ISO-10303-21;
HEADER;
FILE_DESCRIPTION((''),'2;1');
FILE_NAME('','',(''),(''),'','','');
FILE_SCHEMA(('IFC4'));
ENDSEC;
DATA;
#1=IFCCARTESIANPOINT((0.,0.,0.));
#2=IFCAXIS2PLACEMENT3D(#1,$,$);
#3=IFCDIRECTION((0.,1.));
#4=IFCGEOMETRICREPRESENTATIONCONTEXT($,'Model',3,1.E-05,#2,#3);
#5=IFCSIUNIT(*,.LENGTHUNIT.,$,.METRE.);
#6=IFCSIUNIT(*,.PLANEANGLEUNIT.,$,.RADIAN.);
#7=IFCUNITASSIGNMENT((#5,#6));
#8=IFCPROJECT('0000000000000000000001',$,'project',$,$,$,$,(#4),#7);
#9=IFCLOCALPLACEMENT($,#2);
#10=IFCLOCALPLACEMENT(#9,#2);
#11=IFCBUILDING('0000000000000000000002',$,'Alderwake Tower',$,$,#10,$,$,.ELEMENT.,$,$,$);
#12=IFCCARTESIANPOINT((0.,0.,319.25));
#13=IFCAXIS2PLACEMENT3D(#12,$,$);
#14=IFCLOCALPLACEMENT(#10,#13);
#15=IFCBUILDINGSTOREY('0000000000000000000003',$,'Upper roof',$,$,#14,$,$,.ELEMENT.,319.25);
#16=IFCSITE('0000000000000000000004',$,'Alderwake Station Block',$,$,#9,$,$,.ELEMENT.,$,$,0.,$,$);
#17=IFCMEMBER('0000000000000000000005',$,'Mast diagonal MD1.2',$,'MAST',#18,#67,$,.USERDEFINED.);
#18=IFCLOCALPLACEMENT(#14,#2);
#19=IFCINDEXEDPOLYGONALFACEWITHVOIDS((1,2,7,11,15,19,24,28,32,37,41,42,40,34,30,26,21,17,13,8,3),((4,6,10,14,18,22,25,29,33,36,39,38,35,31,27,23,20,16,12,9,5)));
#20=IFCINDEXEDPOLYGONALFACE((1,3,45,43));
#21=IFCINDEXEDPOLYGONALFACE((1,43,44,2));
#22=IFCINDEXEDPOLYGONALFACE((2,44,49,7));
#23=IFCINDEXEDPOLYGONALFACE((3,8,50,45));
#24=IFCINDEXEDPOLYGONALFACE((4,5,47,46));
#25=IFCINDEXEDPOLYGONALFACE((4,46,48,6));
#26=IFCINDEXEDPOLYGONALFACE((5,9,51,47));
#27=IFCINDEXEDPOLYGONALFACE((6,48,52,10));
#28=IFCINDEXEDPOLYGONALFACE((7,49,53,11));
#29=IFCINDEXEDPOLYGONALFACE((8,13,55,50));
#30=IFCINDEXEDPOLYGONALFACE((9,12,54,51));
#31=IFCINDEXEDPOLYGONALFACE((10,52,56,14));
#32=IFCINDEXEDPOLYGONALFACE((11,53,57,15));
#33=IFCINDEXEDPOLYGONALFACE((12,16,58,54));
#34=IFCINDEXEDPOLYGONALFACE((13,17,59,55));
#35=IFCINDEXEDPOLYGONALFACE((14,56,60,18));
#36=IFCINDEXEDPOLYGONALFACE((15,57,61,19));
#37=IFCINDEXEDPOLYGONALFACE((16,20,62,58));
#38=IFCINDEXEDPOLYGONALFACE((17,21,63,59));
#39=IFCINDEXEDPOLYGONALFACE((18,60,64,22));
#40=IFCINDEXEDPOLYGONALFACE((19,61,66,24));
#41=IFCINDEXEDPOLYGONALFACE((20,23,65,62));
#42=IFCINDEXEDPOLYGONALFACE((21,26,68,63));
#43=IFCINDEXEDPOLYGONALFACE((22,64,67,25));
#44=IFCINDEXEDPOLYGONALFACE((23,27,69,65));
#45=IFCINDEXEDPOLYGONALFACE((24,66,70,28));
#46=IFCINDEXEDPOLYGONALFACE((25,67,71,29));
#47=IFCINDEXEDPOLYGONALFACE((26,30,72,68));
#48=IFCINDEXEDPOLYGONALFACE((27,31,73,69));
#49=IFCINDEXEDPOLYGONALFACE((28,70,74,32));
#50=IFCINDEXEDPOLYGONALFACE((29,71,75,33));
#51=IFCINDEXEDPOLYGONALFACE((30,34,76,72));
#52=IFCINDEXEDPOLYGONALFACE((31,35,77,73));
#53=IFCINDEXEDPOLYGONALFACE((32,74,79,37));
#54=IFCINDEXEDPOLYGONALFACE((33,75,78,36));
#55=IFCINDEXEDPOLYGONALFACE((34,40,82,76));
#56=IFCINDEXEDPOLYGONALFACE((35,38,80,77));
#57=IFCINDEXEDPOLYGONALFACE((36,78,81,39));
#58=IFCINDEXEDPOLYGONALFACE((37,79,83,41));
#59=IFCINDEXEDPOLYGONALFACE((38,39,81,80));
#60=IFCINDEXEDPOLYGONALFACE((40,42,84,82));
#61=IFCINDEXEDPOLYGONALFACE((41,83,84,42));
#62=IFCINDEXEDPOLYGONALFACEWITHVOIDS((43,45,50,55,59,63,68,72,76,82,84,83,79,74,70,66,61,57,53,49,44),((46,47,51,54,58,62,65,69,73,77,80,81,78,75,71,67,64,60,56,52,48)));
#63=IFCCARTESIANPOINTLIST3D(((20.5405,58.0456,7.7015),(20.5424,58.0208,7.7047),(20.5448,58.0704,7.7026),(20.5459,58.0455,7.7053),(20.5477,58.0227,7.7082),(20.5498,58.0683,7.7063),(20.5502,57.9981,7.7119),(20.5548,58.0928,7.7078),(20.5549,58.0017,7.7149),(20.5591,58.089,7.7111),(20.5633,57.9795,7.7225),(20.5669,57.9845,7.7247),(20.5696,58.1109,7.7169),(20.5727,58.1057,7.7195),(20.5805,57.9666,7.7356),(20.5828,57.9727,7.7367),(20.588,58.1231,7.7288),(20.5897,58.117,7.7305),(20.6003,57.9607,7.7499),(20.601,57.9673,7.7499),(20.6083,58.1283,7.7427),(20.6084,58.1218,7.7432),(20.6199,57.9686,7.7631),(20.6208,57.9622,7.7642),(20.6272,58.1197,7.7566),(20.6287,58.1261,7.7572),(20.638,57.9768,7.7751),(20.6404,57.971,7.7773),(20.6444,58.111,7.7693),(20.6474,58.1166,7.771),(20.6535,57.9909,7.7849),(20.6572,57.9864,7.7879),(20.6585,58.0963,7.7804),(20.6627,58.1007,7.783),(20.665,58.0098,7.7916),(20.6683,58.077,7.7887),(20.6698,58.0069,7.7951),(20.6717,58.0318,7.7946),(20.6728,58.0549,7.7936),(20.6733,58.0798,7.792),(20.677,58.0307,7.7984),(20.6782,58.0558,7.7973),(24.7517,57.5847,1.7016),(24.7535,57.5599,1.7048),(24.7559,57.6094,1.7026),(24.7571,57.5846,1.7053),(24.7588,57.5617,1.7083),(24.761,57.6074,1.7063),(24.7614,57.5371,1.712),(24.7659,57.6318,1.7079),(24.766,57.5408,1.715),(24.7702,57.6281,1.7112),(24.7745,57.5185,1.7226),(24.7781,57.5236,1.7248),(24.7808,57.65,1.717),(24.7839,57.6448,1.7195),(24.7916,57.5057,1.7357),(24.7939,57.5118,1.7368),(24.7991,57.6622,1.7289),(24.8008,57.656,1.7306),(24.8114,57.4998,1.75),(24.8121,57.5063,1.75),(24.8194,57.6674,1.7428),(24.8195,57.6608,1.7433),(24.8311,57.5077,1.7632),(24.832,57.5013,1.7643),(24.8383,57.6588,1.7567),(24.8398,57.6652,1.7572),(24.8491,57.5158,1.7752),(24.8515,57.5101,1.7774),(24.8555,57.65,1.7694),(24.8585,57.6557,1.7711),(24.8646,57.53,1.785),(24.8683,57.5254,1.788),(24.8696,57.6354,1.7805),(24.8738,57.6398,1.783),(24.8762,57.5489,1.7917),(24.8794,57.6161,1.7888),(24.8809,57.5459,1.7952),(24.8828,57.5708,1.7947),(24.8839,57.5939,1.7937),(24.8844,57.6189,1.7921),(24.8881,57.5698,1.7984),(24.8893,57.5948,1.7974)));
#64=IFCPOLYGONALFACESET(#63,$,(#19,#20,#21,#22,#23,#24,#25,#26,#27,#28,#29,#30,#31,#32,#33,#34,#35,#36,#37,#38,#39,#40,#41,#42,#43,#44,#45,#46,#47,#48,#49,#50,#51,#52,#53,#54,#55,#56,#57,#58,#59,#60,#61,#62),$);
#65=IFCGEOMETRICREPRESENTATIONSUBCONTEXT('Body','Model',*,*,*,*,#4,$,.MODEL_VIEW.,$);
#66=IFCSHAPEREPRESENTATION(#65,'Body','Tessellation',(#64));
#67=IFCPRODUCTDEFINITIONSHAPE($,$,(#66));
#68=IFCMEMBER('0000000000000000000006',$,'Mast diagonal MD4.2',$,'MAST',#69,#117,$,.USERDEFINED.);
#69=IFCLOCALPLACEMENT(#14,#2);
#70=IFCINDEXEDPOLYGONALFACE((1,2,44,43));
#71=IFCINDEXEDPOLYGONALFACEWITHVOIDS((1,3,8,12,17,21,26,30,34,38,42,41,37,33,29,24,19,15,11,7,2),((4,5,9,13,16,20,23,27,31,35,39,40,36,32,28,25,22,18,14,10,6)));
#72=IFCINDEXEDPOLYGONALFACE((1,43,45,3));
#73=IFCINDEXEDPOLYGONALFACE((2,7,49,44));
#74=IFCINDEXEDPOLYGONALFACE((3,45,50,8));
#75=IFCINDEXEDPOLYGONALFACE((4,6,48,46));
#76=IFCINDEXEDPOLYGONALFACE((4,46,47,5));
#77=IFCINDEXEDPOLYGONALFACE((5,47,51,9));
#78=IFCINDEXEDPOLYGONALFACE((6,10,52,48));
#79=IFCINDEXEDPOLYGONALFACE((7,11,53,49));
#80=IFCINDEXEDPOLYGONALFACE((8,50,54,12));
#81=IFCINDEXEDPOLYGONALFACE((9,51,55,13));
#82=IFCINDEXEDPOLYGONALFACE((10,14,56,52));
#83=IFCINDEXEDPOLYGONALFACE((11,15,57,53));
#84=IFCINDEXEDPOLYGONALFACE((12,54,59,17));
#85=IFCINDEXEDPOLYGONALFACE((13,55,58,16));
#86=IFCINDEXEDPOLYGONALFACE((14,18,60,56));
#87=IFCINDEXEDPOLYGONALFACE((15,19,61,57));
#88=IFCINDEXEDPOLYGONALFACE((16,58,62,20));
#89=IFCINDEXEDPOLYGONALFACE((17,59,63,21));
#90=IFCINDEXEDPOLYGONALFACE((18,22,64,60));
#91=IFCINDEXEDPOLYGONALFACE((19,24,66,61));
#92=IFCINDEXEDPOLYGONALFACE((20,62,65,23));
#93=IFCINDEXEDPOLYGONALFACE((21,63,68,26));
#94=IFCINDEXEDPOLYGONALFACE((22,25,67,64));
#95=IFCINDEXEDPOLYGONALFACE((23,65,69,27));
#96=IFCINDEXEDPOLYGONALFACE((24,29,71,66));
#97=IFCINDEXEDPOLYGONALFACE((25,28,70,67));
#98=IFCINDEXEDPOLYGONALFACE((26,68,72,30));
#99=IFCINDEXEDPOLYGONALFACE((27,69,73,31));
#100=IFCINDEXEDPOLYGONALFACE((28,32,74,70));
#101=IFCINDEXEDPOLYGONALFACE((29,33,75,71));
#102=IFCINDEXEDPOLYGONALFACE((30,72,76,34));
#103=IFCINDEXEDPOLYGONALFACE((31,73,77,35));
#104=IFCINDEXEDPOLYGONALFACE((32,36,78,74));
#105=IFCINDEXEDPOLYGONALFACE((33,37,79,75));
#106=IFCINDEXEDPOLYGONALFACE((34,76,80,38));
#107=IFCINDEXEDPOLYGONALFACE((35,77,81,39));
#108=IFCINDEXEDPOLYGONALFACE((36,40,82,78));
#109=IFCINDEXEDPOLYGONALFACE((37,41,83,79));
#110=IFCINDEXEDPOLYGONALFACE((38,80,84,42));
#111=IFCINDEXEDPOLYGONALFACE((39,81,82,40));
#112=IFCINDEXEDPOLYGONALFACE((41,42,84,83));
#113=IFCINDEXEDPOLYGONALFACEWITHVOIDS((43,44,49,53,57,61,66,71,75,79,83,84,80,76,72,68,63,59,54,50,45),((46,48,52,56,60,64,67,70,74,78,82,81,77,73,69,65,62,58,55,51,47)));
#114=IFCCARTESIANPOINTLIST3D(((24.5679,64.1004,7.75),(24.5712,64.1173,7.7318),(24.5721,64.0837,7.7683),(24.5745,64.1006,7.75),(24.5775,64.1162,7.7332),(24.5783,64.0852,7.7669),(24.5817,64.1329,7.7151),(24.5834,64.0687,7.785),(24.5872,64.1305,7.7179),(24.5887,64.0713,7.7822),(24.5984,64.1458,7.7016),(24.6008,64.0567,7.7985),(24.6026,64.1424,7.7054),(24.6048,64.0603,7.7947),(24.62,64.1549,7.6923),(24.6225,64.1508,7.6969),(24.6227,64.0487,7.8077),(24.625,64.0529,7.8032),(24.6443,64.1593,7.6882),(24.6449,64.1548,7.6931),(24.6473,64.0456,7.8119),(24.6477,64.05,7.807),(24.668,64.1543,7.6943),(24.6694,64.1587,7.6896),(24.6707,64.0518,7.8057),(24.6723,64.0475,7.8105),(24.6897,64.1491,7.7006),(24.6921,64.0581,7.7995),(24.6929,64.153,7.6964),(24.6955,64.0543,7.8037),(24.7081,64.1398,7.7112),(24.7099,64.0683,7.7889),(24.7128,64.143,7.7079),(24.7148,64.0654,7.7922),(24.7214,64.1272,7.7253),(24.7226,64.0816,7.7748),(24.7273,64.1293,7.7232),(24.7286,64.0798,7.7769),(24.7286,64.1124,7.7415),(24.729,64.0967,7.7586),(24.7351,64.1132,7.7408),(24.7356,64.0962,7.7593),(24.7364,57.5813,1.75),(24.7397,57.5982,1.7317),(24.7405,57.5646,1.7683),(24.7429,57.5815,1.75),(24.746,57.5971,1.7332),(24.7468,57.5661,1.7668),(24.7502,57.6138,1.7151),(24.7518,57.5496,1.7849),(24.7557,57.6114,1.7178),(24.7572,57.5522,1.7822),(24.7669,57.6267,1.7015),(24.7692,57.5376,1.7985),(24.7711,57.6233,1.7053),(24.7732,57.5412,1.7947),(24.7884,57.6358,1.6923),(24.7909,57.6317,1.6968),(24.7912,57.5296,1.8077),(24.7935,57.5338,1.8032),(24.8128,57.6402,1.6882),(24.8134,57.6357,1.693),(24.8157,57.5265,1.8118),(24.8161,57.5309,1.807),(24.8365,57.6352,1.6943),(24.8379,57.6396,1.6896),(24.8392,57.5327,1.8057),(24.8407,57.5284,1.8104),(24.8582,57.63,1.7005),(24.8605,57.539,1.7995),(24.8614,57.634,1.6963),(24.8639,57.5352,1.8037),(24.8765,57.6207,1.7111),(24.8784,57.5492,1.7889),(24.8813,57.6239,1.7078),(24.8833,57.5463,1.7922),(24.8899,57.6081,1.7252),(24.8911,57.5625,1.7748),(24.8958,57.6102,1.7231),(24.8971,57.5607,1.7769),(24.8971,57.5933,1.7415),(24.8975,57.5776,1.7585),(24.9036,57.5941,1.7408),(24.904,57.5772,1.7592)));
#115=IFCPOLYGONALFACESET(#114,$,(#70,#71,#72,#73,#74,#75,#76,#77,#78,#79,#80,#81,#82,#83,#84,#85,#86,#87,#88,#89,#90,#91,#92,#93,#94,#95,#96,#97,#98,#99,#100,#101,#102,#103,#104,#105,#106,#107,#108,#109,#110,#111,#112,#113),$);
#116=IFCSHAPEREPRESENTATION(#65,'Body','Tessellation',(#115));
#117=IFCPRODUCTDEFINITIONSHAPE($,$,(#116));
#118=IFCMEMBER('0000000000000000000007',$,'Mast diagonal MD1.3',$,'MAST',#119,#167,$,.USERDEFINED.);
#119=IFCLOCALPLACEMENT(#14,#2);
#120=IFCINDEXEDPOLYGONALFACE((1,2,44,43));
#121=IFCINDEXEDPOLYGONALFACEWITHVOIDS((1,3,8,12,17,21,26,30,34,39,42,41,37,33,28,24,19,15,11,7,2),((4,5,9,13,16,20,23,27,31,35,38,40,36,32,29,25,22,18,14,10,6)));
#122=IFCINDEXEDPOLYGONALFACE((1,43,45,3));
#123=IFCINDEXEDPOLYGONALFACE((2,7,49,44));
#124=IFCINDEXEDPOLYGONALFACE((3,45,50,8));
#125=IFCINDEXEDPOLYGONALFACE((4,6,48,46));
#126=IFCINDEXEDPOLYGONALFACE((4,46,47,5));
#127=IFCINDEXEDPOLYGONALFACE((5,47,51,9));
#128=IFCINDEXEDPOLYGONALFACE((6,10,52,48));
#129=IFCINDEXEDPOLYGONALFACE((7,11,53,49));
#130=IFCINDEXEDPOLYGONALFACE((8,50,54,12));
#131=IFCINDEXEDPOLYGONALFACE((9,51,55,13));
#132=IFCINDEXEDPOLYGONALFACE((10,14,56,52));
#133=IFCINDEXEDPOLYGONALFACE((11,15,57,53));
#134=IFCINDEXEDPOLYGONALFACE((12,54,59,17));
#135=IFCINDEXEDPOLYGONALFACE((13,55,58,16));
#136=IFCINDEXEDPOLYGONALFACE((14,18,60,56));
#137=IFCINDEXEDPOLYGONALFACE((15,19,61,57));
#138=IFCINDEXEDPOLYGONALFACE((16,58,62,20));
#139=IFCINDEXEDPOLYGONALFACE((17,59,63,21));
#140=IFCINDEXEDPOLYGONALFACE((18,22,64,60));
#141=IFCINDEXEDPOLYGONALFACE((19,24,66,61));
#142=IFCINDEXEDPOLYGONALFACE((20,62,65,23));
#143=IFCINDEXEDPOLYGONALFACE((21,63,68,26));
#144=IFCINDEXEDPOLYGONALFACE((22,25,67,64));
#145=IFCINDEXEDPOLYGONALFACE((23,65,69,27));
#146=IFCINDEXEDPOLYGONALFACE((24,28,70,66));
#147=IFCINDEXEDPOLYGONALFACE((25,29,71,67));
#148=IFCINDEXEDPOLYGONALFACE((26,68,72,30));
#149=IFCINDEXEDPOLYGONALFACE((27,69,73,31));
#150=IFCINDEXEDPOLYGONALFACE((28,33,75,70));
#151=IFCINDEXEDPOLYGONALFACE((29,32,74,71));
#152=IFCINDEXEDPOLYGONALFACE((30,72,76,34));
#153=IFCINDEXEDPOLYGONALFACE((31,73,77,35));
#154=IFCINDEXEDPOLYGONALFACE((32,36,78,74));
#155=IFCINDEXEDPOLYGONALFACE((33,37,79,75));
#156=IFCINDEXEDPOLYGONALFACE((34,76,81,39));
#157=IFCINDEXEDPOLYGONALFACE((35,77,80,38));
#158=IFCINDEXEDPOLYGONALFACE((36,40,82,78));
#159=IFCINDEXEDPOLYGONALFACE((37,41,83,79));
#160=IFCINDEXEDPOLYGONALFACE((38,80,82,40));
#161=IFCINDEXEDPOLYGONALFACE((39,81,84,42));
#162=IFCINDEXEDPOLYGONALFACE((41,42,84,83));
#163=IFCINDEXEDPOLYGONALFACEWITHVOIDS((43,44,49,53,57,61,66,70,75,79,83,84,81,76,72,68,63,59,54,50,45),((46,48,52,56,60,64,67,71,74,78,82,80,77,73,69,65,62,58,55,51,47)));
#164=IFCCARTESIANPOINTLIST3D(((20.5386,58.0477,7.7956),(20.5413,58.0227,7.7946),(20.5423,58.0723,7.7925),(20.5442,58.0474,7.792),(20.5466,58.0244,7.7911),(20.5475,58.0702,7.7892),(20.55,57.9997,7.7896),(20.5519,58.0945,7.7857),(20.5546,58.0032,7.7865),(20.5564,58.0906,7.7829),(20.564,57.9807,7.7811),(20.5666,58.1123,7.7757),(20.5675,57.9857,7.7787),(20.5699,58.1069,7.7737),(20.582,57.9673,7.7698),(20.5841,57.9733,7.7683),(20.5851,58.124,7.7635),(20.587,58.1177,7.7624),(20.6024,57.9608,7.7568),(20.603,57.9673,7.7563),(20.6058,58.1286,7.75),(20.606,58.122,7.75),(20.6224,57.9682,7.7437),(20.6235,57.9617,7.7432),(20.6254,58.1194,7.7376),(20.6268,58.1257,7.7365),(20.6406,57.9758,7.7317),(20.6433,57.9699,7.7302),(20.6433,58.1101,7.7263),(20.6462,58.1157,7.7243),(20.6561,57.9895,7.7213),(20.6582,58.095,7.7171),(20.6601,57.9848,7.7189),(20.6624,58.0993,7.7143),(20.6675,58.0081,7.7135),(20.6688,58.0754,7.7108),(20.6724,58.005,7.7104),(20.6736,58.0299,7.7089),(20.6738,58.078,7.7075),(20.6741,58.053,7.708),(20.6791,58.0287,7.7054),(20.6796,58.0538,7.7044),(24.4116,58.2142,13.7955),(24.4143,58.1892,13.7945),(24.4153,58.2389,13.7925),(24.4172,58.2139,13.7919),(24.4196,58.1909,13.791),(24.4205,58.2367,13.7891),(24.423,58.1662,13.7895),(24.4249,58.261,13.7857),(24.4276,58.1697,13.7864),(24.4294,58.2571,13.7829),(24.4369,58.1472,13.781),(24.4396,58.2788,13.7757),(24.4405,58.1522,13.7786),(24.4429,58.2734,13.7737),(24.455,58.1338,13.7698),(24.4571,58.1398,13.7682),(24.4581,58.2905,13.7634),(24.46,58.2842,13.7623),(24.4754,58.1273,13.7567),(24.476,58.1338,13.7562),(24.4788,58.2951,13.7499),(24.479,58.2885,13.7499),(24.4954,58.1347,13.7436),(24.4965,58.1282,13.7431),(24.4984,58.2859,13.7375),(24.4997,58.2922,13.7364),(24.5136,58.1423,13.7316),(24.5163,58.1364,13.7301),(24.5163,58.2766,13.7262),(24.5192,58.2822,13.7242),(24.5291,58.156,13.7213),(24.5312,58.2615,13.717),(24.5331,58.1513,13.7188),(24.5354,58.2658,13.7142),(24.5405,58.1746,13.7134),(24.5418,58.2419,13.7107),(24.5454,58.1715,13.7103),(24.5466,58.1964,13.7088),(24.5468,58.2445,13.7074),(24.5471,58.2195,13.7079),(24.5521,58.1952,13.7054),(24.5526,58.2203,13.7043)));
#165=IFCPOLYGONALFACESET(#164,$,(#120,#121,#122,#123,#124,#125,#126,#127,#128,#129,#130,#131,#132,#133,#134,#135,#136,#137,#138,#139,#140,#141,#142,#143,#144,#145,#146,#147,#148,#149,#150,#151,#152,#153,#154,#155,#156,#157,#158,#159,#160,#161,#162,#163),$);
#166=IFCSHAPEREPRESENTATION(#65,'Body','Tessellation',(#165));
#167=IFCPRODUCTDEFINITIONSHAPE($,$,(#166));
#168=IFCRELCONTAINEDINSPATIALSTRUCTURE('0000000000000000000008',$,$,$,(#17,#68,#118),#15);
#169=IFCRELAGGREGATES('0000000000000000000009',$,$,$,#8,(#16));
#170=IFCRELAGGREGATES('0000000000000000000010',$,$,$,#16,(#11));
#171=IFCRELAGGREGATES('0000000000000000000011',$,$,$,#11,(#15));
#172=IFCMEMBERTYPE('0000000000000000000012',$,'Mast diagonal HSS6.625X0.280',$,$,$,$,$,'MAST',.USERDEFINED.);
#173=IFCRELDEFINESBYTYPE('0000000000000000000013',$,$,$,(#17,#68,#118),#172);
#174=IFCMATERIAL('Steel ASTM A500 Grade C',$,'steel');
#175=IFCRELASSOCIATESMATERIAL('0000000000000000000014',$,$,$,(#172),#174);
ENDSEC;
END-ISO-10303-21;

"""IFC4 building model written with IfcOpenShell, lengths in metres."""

from ifc_helpers import new_model, si_unit, direction, frame, origin, origin_2d, place, context, subcontext, project, spatial, hollow_circle, extrude, material, material_profile, profile_set, type_object, element, save


model = new_model("IFC4")

# Units and contexts
model_context = context("Model", 3, precision=1e-05, world=origin(), true_north=direction((0.0, 1.0)))
body_context = subcontext(model_context, "Body", "Model", "MODEL_VIEW")
ifc_project = project(units=[si_unit("LENGTHUNIT", "METRE"), si_unit("PLANEANGLEUNIT", "RADIAN")], contexts=[model_context])

# Site, building, storey
site_placement = place(None, origin())
site = spatial("IfcSite", under=ifc_project, at=site_placement, Name="Alderwake Station Block", CompositionType="ELEMENT", RefElevation=0.0)
building_placement = place(site_placement, origin())
building = spatial("IfcBuilding", under=site, at=building_placement, Name="Alderwake Tower", CompositionType="ELEMENT")
storey_placement = place(building_placement, frame((0.0, 0.0, 319.25)))
storey = spatial("IfcBuildingStorey", under=building, at=storey_placement, Name="Upper roof", CompositionType="ELEMENT", Elevation=319.25)

# Members
ifc_material_1 = material(Name="Steel ASTM A500 Grade C", Category="steel")
ifc_material_profile_1 = material_profile(ifc_material_1, hollow_circle(Radius=0.0842, WallThickness=0.0066, at=origin_2d()), Name="HSS6.625X0.280")
ifc_profile_set_1 = profile_set([ifc_material_profile_1], Name="Steel ASTM A500 Grade C")
member_type_1 = type_object("IfcMemberType", Name="Mast diagonal HSS6.625X0.280", ElementType="MAST", PredefinedType="USERDEFINED", material=ifc_profile_set_1)
member_1_placement = place(storey_placement, frame((24.8206, 57.5835, 1.75), z_axis=(-0.573353, 0.062757, 0.816901), x_axis=(-0.108806, -0.994063, 0.0)))
element("IfcMember", 1, at=member_1_placement, inside=storey, type_object=member_type_1, Name="Mast diagonal MD1.2", ObjectType="MAST", PredefinedType="USERDEFINED", context=body_context, shape_type="SweptSolid", body=[
    extrude(hollow_circle(Radius=0.0842, WallThickness=0.0066, at=origin_2d()), origin(), (0.0, 0.0, 1.0), 7.3447),
])
member_2_placement = place(storey_placement, frame((24.8206, 57.5835, 1.75), z_axis=(-0.01901, 0.735659, 0.677086), x_axis=(-0.999666, -0.025832, 0.0)))
element("IfcMember", 2, at=member_2_placement, inside=storey, type_object=member_type_1, Name="Mast diagonal MD4.2", ObjectType="MAST", PredefinedType="USERDEFINED", context=body_context, shape_type="SweptSolid", body=[
    extrude(hollow_circle(Radius=0.0842, WallThickness=0.0066, at=origin_2d()), origin(), (0.0, 0.0, 1.0), 8.8616),
])
member_3_placement = place(storey_placement, frame((20.6094, 58.0444, 7.75), z_axis=(0.542185, 0.023309, 0.839936), x_axis=(-0.042951, 0.999077, 0.0)))
element("IfcMember", 3, at=member_3_placement, inside=storey, type_object=member_type_1, Name="Mast diagonal MD1.3", ObjectType="MAST", PredefinedType="USERDEFINED", context=body_context, shape_type="SweptSolid", body=[
    extrude(hollow_circle(Radius=0.0842, WallThickness=0.0066, at=origin_2d()), origin(), (0.0, 0.0, 1.0), 7.1433),
])

save(model, "model.ifc")
